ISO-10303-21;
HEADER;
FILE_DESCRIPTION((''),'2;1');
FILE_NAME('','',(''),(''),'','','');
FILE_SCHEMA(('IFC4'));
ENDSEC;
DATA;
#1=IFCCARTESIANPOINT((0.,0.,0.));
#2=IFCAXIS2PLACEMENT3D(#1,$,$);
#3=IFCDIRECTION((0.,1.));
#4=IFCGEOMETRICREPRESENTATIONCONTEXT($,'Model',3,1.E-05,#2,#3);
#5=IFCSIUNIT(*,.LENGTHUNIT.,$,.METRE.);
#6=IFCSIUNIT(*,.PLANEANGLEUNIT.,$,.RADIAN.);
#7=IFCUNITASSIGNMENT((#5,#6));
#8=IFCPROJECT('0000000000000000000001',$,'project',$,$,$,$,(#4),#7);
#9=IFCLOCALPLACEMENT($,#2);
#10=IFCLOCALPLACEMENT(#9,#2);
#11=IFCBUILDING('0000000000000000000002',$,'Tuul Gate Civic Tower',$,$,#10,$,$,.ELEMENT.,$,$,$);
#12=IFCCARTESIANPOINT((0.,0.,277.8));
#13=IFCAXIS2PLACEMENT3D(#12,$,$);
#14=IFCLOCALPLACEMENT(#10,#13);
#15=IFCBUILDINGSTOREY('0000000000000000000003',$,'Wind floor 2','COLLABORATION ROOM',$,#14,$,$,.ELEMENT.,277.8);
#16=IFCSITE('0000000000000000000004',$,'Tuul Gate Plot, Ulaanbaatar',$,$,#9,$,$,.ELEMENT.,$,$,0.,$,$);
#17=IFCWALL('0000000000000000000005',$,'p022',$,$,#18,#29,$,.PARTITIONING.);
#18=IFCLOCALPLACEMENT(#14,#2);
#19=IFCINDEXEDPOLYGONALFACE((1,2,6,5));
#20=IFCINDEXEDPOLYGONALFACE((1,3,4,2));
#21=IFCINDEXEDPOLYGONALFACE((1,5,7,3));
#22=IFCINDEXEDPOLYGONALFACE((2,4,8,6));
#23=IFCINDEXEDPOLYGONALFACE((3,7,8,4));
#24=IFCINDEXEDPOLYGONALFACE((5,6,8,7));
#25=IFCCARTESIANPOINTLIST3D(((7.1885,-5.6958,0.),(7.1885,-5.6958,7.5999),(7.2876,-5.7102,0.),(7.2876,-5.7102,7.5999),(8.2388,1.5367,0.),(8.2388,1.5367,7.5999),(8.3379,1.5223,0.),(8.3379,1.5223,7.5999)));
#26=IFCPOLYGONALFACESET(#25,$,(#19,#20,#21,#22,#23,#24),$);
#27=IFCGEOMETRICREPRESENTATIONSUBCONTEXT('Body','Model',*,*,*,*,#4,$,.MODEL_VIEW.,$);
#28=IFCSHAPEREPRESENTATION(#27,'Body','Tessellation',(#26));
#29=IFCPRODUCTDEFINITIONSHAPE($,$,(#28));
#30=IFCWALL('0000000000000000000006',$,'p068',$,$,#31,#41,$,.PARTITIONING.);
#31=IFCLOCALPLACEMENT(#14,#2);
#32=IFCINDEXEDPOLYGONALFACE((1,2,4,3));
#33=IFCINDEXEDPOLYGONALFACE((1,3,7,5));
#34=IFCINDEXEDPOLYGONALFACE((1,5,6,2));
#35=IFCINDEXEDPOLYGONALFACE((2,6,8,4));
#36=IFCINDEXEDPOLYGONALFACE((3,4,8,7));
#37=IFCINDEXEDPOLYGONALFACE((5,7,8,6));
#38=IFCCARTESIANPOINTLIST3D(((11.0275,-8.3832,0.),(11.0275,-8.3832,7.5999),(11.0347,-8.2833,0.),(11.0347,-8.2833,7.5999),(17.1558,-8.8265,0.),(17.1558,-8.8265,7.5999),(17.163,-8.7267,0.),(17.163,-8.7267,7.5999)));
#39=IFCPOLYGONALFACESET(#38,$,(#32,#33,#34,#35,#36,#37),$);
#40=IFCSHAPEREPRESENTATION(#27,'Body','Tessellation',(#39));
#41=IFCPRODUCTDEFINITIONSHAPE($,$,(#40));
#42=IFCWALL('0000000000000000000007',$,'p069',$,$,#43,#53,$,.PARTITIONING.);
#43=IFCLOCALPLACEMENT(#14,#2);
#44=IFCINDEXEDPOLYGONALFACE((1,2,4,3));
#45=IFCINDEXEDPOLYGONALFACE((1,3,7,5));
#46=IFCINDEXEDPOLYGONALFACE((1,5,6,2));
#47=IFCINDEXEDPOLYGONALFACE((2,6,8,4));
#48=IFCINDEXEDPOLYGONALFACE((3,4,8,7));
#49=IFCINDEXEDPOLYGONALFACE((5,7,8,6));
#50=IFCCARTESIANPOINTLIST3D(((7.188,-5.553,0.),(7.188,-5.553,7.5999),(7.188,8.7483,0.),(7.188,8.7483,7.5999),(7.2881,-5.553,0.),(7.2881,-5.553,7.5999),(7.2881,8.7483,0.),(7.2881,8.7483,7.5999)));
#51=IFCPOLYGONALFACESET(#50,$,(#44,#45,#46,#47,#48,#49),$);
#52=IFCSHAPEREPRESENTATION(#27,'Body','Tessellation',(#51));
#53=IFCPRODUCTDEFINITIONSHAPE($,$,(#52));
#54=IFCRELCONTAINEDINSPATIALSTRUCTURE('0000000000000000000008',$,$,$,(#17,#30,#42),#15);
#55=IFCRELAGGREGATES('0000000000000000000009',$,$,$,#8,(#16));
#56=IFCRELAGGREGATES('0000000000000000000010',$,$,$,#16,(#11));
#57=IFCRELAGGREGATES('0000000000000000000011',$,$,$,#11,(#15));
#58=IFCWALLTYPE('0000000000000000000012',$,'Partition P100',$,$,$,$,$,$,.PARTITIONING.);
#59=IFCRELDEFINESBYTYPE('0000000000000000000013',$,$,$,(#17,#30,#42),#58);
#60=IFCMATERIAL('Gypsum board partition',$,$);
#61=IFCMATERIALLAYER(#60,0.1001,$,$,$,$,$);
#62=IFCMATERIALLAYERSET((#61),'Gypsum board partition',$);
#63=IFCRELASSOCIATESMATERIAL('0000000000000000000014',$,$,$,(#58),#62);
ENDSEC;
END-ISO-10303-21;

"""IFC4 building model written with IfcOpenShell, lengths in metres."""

from ifc_helpers import new_model, si_unit, direction, frame, frame_2d, origin, place, context, subcontext, project, spatial, rectangle, extrude, material, layer, layer_set, type_object, element, save


model = new_model("IFC4")

# Units and contexts
model_context = context("Model", 3, precision=1e-05, world=origin(), true_north=direction((0.0, 1.0)))
body_context = subcontext(model_context, "Body", "Model", "MODEL_VIEW")
ifc_project = project(units=[si_unit("LENGTHUNIT", "METRE"), si_unit("PLANEANGLEUNIT", "RADIAN")], contexts=[model_context])

# Site, building, storey
site_placement = place(None, origin())
site = spatial("IfcSite", under=ifc_project, at=site_placement, Name="Tuul Gate Plot, Ulaanbaatar", CompositionType="ELEMENT", RefElevation=0.0)
building_placement = place(site_placement, origin())
building = spatial("IfcBuilding", under=site, at=building_placement, Name="Tuul Gate Civic Tower", CompositionType="ELEMENT")
storey_placement = place(building_placement, frame((0.0, 0.0, 277.8)))
storey = spatial("IfcBuildingStorey", under=building, at=storey_placement, Name="Wind floor 2", Description="COLLABORATION ROOM", CompositionType="ELEMENT", Elevation=277.8)

# Walls
ifc_material_1 = material(Name="Gypsum board partition")
ifc_layer_1 = layer(ifc_material_1, 0.1001)
ifc_layer_set_1 = layer_set([ifc_layer_1], Name="Gypsum board partition")
wall_type_1 = type_object("IfcWallType", Name="Partition P100", PredefinedType="PARTITIONING", material=ifc_layer_set_1)
wall_1_placement = place(storey_placement, frame((7.238, -5.7031, 0.0), z_axis=(0.0, 0.0, 1.0), x_axis=(0.143713, 0.989619, 0.0)))
element("IfcWall", 1, at=wall_1_placement, inside=storey, type_object=wall_type_1, Name="p022", PredefinedType="PARTITIONING", context=body_context, shape_type="SweptSolid", body=[
    extrude(rectangle(XDim=7.3083, YDim=0.1001, at=frame_2d((3.6543, 0.0))), origin(), (0.0, 0.0, 1.0), 7.5999),
])
wall_2_placement = place(storey_placement, frame((11.031, -8.3333, 0.0), z_axis=(0.0, 0.0, 1.0), x_axis=(0.997393, -0.072159, 0.0)))
element("IfcWall", 2, at=wall_2_placement, inside=storey, type_object=wall_type_1, Name="p068", PredefinedType="PARTITIONING", context=body_context, shape_type="SweptSolid", body=[
    extrude(rectangle(XDim=6.1443, YDim=0.1001, at=frame_2d((3.0723, 0.0))), origin(), (0.0, 0.0, 1.0), 7.5999),
])
wall_3_placement = place(storey_placement, frame((7.238, -5.553, 0.0), z_axis=(0.0, 0.0, 1.0), x_axis=(0.0, 1.0, 0.0)))
element("IfcWall", 3, at=wall_3_placement, inside=storey, type_object=wall_type_1, Name="p069", PredefinedType="PARTITIONING", context=body_context, shape_type="SweptSolid", body=[
    extrude(rectangle(XDim=14.3013, YDim=0.1001, at=frame_2d((7.1506, 0.0))), origin(), (0.0, 0.0, 1.0), 7.5999),
])

save(model, "model.ifc")
